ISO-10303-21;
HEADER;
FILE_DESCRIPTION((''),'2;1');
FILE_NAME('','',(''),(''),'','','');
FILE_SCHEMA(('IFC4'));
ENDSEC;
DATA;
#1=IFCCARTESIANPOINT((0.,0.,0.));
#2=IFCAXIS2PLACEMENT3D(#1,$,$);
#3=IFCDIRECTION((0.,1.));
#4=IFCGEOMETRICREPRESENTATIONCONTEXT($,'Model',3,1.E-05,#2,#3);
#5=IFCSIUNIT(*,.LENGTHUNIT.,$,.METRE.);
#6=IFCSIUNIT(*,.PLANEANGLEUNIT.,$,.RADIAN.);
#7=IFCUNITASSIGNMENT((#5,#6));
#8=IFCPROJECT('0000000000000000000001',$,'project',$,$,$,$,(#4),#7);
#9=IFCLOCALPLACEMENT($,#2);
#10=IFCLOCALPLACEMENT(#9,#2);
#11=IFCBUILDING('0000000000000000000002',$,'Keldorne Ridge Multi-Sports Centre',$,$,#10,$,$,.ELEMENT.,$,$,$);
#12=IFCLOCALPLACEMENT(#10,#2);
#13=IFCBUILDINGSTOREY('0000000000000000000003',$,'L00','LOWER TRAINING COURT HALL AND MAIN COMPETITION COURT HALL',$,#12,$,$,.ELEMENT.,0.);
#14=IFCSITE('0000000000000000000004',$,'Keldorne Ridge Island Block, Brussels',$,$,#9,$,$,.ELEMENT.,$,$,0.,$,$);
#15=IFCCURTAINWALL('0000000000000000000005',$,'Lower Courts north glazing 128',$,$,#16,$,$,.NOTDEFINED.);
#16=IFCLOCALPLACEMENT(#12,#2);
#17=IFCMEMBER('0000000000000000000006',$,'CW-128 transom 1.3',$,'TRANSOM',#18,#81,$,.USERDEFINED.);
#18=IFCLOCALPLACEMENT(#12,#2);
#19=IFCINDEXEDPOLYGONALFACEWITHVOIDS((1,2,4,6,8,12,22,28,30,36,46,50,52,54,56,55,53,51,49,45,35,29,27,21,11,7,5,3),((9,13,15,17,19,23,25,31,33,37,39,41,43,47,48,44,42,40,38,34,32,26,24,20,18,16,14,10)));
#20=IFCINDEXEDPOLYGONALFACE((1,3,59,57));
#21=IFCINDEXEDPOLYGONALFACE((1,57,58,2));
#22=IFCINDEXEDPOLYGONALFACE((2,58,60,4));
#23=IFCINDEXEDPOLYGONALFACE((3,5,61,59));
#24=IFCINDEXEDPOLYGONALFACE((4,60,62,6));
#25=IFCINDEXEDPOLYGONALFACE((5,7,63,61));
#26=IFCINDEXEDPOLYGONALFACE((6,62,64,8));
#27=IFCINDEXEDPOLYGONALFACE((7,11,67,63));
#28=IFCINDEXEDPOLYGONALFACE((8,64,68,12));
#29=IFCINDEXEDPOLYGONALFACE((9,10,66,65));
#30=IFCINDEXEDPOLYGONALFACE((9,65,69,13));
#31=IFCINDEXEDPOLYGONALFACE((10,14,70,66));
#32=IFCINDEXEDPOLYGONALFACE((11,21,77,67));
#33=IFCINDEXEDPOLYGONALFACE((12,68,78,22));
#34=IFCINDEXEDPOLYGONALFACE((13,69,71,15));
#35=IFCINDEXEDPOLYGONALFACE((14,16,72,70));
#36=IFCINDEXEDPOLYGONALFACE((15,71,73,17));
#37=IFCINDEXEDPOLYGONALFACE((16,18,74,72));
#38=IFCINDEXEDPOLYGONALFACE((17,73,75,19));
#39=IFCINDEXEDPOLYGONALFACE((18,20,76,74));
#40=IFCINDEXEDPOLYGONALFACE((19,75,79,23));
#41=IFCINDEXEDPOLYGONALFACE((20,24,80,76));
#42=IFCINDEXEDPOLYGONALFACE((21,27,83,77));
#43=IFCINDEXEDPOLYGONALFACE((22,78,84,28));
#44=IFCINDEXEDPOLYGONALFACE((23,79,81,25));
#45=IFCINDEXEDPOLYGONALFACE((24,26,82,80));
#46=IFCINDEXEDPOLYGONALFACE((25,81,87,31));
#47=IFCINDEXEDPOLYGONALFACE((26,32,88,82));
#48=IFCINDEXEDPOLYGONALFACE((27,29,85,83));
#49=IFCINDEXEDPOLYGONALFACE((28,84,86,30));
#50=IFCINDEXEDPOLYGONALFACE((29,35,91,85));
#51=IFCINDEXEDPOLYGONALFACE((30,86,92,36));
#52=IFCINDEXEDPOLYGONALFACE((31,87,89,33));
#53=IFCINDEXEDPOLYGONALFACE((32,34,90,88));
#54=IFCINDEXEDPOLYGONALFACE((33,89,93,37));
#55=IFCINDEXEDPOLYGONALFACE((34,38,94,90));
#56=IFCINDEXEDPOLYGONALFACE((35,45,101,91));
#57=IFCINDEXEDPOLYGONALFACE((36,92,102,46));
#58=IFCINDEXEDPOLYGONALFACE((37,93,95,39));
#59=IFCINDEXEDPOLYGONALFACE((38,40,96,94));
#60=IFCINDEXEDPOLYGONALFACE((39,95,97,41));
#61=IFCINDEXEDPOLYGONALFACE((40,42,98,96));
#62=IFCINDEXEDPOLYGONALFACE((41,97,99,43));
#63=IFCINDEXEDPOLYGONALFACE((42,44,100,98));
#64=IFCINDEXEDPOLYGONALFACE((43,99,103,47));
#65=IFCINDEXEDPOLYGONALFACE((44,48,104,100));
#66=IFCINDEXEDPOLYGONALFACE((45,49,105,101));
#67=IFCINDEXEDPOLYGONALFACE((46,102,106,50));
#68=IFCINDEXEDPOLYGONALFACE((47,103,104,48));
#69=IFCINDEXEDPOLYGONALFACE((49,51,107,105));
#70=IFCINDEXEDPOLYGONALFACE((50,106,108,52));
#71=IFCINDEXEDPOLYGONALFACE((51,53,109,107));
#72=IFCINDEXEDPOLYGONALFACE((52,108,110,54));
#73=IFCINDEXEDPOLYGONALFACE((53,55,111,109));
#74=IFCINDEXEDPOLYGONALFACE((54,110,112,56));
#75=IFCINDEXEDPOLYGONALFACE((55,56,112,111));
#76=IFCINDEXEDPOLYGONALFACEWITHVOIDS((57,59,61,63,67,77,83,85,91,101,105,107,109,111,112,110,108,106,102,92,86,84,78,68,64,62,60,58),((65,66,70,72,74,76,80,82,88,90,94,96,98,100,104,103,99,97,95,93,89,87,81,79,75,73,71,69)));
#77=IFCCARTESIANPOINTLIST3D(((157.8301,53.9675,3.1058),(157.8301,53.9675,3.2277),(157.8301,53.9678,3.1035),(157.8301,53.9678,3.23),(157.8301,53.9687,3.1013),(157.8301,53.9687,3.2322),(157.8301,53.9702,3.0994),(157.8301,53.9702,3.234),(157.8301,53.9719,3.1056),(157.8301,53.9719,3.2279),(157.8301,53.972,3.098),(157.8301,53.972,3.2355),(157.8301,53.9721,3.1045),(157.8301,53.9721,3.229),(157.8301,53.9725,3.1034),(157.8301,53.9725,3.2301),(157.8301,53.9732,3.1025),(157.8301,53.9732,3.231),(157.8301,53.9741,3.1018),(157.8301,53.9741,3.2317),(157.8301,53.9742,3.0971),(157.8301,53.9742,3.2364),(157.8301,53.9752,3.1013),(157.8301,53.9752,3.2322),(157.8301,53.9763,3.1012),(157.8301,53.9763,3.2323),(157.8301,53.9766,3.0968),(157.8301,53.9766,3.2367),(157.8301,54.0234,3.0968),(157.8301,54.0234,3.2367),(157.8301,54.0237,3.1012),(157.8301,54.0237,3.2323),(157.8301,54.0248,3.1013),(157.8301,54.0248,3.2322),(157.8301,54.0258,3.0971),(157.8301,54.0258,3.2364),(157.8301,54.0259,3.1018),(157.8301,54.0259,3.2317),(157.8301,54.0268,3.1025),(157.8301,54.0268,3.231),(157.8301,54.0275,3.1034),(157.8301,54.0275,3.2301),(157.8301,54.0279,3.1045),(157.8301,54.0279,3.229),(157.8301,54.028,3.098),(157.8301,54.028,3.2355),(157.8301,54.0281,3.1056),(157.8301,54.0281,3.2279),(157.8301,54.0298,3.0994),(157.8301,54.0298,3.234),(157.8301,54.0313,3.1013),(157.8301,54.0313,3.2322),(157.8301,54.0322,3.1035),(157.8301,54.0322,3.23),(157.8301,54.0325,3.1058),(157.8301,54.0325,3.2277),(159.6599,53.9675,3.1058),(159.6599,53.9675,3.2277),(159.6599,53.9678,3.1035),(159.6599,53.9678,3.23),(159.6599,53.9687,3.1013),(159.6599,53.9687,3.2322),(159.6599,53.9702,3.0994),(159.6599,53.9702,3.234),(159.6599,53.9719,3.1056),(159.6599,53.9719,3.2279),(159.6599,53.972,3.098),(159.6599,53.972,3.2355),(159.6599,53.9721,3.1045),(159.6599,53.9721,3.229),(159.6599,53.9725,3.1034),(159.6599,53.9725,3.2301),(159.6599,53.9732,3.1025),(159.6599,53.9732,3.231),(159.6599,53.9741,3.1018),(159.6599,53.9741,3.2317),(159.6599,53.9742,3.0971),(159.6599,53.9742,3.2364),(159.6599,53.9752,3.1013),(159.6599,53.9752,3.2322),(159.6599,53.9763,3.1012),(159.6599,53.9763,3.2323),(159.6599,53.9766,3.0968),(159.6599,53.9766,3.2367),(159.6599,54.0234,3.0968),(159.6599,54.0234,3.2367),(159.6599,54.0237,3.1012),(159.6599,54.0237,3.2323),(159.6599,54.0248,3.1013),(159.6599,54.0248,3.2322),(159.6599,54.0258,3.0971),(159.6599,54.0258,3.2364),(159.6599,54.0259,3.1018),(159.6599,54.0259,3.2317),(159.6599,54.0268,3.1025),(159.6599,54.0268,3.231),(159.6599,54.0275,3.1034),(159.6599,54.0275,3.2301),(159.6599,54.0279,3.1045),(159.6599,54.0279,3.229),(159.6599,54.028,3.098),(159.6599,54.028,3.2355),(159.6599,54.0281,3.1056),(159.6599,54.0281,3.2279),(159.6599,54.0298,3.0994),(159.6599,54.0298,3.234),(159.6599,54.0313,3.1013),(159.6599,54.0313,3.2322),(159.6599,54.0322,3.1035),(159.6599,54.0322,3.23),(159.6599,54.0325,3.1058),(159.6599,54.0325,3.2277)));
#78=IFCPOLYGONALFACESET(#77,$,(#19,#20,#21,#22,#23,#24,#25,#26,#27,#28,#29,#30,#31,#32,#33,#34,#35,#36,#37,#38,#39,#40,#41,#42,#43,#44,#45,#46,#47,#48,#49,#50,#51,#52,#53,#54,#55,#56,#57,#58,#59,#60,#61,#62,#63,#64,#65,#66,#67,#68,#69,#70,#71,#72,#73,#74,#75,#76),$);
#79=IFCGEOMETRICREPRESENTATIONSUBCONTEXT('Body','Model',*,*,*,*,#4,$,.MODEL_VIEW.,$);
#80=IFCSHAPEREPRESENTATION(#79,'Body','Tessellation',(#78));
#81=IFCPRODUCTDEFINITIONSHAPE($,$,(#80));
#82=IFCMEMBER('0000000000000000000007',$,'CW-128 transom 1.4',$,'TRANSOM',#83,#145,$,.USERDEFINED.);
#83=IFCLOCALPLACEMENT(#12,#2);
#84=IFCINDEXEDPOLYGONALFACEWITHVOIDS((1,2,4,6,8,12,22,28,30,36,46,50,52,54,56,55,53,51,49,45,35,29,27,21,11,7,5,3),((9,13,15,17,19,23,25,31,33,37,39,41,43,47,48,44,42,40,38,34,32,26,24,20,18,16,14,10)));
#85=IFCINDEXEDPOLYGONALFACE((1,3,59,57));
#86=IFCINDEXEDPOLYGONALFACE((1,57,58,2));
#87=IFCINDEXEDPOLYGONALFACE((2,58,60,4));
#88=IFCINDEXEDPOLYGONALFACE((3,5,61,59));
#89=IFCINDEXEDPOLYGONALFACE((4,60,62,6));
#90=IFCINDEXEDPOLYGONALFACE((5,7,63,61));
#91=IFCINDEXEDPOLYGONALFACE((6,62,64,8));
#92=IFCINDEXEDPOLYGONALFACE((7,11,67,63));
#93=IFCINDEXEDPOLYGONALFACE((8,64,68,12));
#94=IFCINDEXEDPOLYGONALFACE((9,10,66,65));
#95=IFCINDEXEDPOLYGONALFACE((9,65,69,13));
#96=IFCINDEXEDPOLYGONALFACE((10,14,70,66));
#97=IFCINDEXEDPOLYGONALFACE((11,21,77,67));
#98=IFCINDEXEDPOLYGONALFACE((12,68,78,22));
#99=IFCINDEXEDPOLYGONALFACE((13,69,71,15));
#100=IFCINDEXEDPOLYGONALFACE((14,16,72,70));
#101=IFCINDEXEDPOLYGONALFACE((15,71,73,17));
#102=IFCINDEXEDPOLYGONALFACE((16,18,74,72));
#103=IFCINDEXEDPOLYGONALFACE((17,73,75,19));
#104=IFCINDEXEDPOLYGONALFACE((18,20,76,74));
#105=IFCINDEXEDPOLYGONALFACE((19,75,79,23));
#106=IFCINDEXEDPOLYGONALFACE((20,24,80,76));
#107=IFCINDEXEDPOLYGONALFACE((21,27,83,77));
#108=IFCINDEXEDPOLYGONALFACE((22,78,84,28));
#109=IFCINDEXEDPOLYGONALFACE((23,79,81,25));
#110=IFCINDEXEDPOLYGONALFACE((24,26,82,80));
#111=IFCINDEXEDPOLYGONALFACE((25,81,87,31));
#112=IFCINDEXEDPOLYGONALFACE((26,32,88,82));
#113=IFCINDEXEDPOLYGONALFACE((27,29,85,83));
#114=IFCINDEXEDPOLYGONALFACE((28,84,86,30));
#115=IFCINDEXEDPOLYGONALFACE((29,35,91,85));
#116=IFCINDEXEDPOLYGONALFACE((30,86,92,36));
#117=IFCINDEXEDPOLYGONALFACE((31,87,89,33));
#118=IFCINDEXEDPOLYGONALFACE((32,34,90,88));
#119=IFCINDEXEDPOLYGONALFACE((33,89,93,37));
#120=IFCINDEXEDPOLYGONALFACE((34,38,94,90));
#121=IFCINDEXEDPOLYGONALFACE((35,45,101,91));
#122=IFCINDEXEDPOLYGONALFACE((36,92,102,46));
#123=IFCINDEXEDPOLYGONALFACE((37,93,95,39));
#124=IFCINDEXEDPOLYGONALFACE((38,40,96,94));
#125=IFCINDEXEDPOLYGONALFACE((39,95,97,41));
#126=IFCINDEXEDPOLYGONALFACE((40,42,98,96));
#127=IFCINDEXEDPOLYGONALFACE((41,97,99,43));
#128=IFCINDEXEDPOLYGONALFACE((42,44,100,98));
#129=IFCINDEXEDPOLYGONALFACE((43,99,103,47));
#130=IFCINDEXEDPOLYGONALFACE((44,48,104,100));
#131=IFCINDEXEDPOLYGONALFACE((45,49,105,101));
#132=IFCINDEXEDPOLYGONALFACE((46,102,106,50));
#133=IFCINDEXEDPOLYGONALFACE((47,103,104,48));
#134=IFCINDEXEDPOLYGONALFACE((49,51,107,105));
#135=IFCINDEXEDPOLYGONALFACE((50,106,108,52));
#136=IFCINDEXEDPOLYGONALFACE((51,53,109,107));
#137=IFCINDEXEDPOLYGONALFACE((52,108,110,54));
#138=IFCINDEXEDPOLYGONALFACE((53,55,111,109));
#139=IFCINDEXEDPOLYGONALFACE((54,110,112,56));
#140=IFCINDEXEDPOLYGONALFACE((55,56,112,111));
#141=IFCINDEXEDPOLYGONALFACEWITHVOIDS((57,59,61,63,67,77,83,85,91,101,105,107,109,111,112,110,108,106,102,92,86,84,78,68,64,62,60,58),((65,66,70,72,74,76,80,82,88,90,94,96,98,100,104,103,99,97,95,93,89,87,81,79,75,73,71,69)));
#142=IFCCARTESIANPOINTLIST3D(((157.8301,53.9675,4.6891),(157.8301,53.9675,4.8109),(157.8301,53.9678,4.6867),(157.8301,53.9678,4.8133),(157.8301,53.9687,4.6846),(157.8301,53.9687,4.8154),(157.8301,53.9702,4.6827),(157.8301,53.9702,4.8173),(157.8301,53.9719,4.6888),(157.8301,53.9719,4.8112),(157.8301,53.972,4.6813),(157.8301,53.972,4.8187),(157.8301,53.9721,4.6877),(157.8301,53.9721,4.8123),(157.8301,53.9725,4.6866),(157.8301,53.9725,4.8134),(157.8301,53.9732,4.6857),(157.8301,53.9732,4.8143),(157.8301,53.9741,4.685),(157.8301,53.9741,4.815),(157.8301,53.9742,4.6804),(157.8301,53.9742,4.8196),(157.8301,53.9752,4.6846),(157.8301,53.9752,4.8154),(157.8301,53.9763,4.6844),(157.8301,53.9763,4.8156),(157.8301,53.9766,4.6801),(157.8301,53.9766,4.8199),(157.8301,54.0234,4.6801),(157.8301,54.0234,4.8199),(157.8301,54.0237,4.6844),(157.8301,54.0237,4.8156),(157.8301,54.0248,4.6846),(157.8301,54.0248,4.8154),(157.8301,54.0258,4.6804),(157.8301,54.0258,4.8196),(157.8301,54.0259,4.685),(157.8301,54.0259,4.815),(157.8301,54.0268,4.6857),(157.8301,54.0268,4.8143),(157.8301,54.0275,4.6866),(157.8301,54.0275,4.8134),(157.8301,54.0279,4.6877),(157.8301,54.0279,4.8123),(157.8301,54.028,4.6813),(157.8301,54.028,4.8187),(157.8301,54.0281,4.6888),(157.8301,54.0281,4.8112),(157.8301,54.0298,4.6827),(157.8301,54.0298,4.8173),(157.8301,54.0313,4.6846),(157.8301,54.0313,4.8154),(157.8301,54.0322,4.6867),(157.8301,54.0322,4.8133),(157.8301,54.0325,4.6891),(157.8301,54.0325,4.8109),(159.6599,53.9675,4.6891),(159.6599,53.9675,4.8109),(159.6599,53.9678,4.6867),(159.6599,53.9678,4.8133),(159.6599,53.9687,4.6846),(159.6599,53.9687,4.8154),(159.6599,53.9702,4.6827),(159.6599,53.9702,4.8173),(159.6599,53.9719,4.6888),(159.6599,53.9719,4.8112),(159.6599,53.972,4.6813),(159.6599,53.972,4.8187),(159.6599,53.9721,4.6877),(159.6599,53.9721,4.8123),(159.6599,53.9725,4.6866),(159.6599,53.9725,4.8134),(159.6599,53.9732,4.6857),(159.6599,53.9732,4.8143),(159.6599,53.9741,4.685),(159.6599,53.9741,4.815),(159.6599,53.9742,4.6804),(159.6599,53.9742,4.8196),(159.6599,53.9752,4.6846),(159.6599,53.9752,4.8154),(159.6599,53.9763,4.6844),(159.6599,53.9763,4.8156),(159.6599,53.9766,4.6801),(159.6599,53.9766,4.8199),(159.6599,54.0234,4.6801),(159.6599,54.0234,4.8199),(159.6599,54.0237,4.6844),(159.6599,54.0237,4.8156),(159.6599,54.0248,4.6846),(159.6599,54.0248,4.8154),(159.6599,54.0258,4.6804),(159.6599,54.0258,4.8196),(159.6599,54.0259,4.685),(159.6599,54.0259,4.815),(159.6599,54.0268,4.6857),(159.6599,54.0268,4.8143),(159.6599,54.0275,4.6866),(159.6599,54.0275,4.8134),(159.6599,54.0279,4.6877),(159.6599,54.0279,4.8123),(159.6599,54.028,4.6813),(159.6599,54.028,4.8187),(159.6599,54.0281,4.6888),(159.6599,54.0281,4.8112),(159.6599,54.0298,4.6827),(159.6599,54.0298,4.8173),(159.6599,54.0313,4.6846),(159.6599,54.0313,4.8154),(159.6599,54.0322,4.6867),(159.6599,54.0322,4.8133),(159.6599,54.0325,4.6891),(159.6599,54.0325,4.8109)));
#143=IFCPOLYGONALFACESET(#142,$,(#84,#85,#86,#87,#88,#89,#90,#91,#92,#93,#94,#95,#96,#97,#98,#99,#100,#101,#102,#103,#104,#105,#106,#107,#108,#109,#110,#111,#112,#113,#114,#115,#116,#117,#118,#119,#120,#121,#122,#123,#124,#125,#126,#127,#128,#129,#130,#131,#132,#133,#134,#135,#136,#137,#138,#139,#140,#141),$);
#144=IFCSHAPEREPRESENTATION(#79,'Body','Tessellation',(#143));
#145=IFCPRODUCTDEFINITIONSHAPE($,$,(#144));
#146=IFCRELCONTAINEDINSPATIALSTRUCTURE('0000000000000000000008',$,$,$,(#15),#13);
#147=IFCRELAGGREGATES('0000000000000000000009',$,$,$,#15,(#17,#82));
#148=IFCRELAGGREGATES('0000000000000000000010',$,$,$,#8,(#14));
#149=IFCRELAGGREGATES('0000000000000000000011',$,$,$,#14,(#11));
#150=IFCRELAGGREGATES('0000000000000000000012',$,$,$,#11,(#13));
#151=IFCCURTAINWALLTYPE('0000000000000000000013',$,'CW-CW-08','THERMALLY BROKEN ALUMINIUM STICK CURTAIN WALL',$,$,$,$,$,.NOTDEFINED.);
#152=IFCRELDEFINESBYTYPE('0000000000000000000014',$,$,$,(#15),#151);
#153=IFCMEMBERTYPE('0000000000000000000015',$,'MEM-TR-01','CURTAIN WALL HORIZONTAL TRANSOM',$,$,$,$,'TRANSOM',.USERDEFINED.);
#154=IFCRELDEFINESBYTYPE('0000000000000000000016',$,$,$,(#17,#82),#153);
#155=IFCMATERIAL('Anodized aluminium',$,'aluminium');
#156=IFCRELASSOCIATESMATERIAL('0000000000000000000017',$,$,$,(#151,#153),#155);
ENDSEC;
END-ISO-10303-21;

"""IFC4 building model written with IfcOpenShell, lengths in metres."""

from ifc_helpers import new_model, si_unit, direction, frame, origin, origin_2d, place, context, subcontext, project, spatial, hollow_rectangle, extrude, material, material_profile, profile_set, type_object, element, aggregate, save


model = new_model("IFC4")

# Units and contexts
model_context = context("Model", 3, precision=1e-05, world=origin(), true_north=direction((0.0, 1.0)))
body_context = subcontext(model_context, "Body", "Model", "MODEL_VIEW")
ifc_project = project(units=[si_unit("LENGTHUNIT", "METRE"), si_unit("PLANEANGLEUNIT", "RADIAN")], contexts=[model_context])

# Site, building, storey
site_placement = place(None, origin())
site = spatial("IfcSite", under=ifc_project, at=site_placement, Name="Keldorne Ridge Island Block, Brussels", CompositionType="ELEMENT", RefElevation=0.0)
building_placement = place(site_placement, origin())
building = spatial("IfcBuilding", under=site, at=building_placement, Name="Keldorne Ridge Multi-Sports Centre", CompositionType="ELEMENT")
storey_placement = place(building_placement, origin())
storey = spatial("IfcBuildingStorey", under=building, at=storey_placement, Name="L00", Description="LOWER TRAINING COURT HALL AND MAIN COMPETITION COURT HALL", CompositionType="ELEMENT", Elevation=0.0)

# Curtain wall
ifc_material_1 = material(Name="Anodized aluminium", Category="aluminium")
curtain_wall_type_1 = type_object("IfcCurtainWallType", Name="CW-CW-08", Description="THERMALLY BROKEN ALUMINIUM STICK CURTAIN WALL", PredefinedType="NOTDEFINED", material=ifc_material_1)
curtain_wall_1_placement = place(storey_placement, origin())
curtain_wall_1 = element("IfcCurtainWall", 1, at=curtain_wall_1_placement, inside=storey, type_object=curtain_wall_type_1, Name="Lower Courts north glazing 128", PredefinedType="NOTDEFINED")

# Members
ifc_material_profile_1 = material_profile(ifc_material_1, hollow_rectangle(XDim=0.0649, YDim=0.1399, WallThickness=0.0044, InnerFilletRadius=0.0044, OuterFilletRadius=0.009, at=origin_2d()), Name="ALU TRANSOM 140x65x4.5")
ifc_profile_set_1 = profile_set([ifc_material_profile_1], Name="Anodized aluminium")
member_type_1 = type_object("IfcMemberType", Name="MEM-TR-01", Description="CURTAIN WALL HORIZONTAL TRANSOM", ElementType="TRANSOM", PredefinedType="USERDEFINED", material=ifc_profile_set_1)
member_1_placement = place(storey_placement, frame((159.6599, 54.0, 3.1667), z_axis=(-1.0, 0.0, 0.0), x_axis=(0.0, -1.0, 0.0)))
member_1 = element("IfcMember", 2, at=member_1_placement, type_object=member_type_1, Name="CW-128 transom 1.3", ObjectType="TRANSOM", PredefinedType="USERDEFINED", context=body_context, shape_type="SweptSolid", body=[
    extrude(hollow_rectangle(XDim=0.0649, YDim=0.1399, WallThickness=0.0044, InnerFilletRadius=0.0044, OuterFilletRadius=0.009, at=origin_2d()), origin(), (0.0, 0.0, 1.0), 1.8298),
])
member_2_placement = place(storey_placement, frame((159.6599, 54.0, 4.75), z_axis=(-1.0, 0.0, 0.0), x_axis=(0.0, -1.0, 0.0)))
member_2 = element("IfcMember", 3, at=member_2_placement, type_object=member_type_1, Name="CW-128 transom 1.4", ObjectType="TRANSOM", PredefinedType="USERDEFINED", context=body_context, shape_type="SweptSolid", body=[
    extrude(hollow_rectangle(XDim=0.0649, YDim=0.1399, WallThickness=0.0044, InnerFilletRadius=0.0044, OuterFilletRadius=0.009, at=origin_2d()), origin(), (0.0, 0.0, 1.0), 1.8298),
])

aggregate(curtain_wall_1, [member_1, member_2])

save(model, "model.ifc")
